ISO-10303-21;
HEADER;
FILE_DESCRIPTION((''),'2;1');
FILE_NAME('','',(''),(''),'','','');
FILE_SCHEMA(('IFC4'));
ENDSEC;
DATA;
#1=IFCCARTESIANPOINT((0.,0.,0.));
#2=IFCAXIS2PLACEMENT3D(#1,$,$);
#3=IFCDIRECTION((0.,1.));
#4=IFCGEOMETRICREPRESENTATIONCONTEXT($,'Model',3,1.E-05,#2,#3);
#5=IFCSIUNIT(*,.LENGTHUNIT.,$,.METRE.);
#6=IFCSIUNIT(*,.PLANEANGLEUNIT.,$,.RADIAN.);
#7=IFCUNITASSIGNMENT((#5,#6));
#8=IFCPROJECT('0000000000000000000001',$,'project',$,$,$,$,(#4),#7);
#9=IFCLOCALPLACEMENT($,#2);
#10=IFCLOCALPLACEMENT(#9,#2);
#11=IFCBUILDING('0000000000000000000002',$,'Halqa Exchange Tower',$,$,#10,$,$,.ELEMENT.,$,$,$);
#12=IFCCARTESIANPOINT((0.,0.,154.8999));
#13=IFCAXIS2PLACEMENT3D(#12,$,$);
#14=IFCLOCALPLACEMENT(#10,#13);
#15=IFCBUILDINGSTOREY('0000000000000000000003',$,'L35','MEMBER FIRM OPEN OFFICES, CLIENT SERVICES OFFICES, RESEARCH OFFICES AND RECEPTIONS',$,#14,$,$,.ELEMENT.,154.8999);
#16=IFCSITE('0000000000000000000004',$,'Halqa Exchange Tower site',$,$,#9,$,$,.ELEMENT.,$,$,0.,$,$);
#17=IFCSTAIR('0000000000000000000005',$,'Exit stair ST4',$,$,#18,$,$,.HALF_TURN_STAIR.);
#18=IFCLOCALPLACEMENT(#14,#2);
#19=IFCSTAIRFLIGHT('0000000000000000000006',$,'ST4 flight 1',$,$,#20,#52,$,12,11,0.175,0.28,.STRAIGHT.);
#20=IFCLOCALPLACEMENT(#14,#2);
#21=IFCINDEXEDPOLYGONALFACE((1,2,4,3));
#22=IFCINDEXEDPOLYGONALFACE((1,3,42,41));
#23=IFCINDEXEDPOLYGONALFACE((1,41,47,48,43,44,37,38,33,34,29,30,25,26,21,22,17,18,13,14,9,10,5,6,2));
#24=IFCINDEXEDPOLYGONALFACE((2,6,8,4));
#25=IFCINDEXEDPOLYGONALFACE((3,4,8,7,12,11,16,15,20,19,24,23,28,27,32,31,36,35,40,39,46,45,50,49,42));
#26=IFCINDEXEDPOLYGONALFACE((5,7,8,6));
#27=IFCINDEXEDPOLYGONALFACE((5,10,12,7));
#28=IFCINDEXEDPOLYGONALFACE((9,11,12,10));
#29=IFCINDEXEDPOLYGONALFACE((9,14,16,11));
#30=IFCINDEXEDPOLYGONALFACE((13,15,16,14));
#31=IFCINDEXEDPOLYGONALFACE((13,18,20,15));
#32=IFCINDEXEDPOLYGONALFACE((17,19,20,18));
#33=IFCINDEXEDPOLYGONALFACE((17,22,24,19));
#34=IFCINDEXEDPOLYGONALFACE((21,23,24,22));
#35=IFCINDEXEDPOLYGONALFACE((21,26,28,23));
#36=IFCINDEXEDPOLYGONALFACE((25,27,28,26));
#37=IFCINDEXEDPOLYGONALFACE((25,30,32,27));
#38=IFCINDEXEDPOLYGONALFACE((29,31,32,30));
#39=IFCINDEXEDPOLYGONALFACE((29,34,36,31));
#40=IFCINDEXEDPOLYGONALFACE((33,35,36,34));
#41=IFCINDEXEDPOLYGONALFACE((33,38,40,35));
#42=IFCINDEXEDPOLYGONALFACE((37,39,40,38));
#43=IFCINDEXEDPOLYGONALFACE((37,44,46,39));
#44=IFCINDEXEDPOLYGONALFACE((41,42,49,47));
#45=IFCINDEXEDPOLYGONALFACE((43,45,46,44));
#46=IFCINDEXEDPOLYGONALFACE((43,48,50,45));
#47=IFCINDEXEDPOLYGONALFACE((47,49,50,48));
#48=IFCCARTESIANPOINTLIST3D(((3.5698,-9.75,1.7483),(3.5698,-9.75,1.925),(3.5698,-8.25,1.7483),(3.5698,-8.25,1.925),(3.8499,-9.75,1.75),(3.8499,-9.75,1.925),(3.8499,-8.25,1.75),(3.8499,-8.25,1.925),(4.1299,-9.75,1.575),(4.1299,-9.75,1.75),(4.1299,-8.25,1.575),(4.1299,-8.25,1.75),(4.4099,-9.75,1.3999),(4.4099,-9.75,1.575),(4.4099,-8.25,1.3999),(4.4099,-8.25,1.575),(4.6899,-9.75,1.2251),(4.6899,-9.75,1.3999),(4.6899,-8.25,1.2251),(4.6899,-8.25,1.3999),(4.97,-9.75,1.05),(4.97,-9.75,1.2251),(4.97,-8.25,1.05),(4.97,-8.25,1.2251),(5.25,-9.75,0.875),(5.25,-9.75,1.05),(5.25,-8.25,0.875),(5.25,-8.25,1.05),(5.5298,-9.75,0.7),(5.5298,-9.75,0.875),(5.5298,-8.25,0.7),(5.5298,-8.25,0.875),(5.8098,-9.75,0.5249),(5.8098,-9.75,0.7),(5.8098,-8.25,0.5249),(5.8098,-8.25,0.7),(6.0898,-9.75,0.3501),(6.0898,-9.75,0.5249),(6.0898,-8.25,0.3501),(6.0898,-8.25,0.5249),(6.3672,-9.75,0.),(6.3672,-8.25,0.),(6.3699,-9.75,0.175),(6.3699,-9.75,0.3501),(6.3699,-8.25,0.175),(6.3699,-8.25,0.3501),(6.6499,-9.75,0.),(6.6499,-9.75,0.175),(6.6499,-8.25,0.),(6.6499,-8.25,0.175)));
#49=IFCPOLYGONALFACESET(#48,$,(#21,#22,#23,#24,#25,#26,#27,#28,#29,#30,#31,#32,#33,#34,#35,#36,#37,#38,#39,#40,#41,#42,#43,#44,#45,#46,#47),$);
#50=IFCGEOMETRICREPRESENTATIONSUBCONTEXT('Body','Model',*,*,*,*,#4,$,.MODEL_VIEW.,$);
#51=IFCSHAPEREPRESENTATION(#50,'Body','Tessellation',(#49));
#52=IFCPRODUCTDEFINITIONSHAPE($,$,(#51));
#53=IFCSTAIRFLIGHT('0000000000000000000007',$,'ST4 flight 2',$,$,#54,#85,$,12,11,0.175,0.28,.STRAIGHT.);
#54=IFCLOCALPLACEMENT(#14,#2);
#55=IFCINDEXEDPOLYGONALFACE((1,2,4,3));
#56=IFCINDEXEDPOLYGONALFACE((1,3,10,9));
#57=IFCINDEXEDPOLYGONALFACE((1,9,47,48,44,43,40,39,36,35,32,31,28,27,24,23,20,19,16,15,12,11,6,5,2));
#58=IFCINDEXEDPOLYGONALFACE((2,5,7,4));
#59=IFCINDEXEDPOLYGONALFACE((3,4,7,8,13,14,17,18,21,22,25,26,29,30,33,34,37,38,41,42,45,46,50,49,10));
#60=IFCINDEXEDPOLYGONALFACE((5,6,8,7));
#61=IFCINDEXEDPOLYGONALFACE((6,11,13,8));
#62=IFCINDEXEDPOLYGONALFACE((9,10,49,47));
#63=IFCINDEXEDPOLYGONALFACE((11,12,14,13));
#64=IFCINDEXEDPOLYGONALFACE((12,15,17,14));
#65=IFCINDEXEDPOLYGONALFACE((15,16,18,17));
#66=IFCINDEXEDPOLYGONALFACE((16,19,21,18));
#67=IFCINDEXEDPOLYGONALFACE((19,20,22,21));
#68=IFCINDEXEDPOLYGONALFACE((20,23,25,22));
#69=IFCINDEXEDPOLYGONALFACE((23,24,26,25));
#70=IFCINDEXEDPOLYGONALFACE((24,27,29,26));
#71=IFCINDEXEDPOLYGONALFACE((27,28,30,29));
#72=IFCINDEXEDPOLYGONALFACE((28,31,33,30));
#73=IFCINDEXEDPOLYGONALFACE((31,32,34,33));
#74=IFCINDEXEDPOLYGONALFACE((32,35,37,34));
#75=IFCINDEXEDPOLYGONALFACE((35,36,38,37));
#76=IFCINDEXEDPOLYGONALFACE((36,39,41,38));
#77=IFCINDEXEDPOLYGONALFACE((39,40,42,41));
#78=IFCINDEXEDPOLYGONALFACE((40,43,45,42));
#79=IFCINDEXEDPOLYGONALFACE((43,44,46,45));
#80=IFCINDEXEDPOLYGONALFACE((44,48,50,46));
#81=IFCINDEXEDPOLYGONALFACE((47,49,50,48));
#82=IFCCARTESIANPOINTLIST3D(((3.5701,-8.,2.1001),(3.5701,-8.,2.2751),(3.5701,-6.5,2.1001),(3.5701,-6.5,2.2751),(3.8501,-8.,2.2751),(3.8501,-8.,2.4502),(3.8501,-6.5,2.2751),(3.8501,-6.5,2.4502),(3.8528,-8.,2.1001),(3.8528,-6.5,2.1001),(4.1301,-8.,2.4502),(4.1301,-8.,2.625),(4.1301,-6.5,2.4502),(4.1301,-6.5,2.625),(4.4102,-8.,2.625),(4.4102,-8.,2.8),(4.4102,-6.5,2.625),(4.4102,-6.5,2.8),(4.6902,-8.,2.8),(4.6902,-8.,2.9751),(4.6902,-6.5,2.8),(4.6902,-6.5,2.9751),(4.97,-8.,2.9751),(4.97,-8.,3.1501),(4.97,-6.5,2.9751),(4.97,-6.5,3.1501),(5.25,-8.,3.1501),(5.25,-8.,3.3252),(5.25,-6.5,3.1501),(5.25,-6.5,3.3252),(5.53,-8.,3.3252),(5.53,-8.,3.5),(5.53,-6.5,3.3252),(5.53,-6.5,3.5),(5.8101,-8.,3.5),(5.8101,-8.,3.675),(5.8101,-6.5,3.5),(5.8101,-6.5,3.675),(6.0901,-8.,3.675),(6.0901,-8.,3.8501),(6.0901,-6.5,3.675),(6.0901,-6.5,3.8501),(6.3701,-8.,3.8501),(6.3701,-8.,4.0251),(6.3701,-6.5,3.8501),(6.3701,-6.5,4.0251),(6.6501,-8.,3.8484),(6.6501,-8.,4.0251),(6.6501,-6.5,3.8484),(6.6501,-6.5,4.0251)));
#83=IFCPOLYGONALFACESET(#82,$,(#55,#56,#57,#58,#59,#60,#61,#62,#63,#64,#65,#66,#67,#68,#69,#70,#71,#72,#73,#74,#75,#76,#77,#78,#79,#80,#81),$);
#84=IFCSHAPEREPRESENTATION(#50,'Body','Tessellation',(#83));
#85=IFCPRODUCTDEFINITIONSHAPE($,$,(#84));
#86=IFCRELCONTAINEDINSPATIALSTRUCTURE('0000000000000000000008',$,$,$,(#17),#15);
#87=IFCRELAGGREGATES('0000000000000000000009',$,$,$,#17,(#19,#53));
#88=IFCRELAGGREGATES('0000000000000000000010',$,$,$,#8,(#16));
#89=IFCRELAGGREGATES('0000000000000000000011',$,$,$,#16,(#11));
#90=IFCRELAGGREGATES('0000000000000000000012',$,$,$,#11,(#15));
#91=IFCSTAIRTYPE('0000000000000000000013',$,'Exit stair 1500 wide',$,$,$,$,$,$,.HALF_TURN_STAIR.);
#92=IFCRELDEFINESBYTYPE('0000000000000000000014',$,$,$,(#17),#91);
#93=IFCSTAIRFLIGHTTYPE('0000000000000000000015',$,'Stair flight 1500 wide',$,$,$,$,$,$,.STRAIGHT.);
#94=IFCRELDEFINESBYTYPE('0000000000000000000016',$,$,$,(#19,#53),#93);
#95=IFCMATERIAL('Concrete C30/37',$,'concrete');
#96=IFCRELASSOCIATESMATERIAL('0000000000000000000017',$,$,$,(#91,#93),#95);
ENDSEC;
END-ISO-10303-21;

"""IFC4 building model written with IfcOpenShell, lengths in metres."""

from ifc_helpers import new_model, si_unit, direction, frame, origin, place, context, subcontext, project, spatial, polyline, outline, extrude, material, type_object, element, aggregate, save


model = new_model("IFC4")

# Units and contexts
model_context = context("Model", 3, precision=1e-05, world=origin(), true_north=direction((0.0, 1.0)))
body_context = subcontext(model_context, "Body", "Model", "MODEL_VIEW")
ifc_project = project(units=[si_unit("LENGTHUNIT", "METRE"), si_unit("PLANEANGLEUNIT", "RADIAN")], contexts=[model_context])

# Site, building, storey
site_placement = place(None, origin())
site = spatial("IfcSite", under=ifc_project, at=site_placement, Name="Halqa Exchange Tower site", CompositionType="ELEMENT", RefElevation=0.0)
building_placement = place(site_placement, origin())
building = spatial("IfcBuilding", under=site, at=building_placement, Name="Halqa Exchange Tower", CompositionType="ELEMENT")
storey_placement = place(building_placement, frame((0.0, 0.0, 154.8999)))
storey = spatial("IfcBuildingStorey", under=building, at=storey_placement, Name="L35", Description="MEMBER FIRM OPEN OFFICES, CLIENT SERVICES OFFICES, RESEARCH OFFICES AND RECEPTIONS", CompositionType="ELEMENT", Elevation=154.8999)

# Shared definitions
ifc_material_1 = material(Name="Concrete C30/37", Category="concrete")

# Stair, stair flights
stair_type = type_object("IfcStairType", Name="Exit stair 1500 wide", PredefinedType="HALF_TURN_STAIR", material=ifc_material_1)
stair_placement = place(storey_placement, origin())
stair = element("IfcStair", 1, at=stair_placement, inside=storey, type_object=stair_type, Name="Exit stair ST4", PredefinedType="HALF_TURN_STAIR")
stair_flight_type = type_object("IfcStairFlightType", Name="Stair flight 1500 wide", PredefinedType="STRAIGHT", material=ifc_material_1)
stair_flight_1_placement = place(storey_placement, frame((6.6499, -9.0, 0.0), z_axis=(0.0, 0.0, 1.0), x_axis=(-1.0, 0.0, 0.0)))
stair_flight_1 = element("IfcStairFlight", 2, at=stair_flight_1_placement, type_object=stair_flight_type, Name="ST4 flight 1", NumberOfRisers=12, NumberOfTreads=11, PredefinedType="STRAIGHT", RiserHeight=0.175, TreadLength=0.28, context=body_context, shape_type="SweptSolid", body=[
    extrude(outline(polyline([(0.0, 0.0), (0.0, 0.175), (0.28, 0.175), (0.28, 0.3501), (0.5601, 0.3501), (0.5601, 0.5249), (0.8401, 0.5249), (0.8401, 0.7), (1.1201, 0.7), (1.1201, 0.875), (1.3999, 0.875), (1.3999, 1.05), (1.6799, 1.05), (1.6799, 1.2251), (1.96, 1.2251), (1.96, 1.3999), (2.24, 1.3999), (2.24, 1.575), (2.52, 1.575), (2.52, 1.75), (2.8, 1.75), (2.8, 1.925), (3.0801, 1.925), (3.0801, 2.1001), (3.0801, 1.7483), (0.2827, 0.0), (0.0, 0.0)])), frame((0.0, 0.75, 0.0), z_axis=(0.0, -1.0, 0.0), x_axis=(1.0, 0.0, 0.0)), (0.0, 0.0, 1.0), 1.5),
])
stair_flight_2_placement = place(storey_placement, frame((3.5701, -7.25, 2.1001), z_axis=(0.0, 0.0, 1.0), x_axis=(1.0, 0.0, 0.0)))
stair_flight_2 = element("IfcStairFlight", 3, at=stair_flight_2_placement, type_object=stair_flight_type, Name="ST4 flight 2", NumberOfRisers=12, NumberOfTreads=11, PredefinedType="STRAIGHT", RiserHeight=0.175, TreadLength=0.28, context=body_context, shape_type="SweptSolid", body=[
    extrude(outline(polyline([(0.0, 0.0), (0.0, 0.175), (0.28, 0.175), (0.28, 0.3501), (0.5601, 0.3501), (0.5601, 0.5249), (0.8401, 0.5249), (0.8401, 0.7), (1.1201, 0.7), (1.1201, 0.875), (1.3999, 0.875), (1.3999, 1.05), (1.6799, 1.05), (1.6799, 1.2251), (1.96, 1.2251), (1.96, 1.3999), (2.24, 1.3999), (2.24, 1.575), (2.52, 1.575), (2.52, 1.75), (2.8, 1.75), (2.8, 1.925), (3.0801, 1.925), (3.0801, 2.1001), (3.0801, 1.7483), (0.2827, 0.0), (0.0, 0.0)])), frame((0.0, 0.75, 0.0), z_axis=(0.0, -1.0, 0.0), x_axis=(1.0, 0.0, 0.0)), (0.0, 0.0, 1.0), 1.5),
])
aggregate(stair, [stair_flight_1, stair_flight_2])

save(model, "model.ifc")
